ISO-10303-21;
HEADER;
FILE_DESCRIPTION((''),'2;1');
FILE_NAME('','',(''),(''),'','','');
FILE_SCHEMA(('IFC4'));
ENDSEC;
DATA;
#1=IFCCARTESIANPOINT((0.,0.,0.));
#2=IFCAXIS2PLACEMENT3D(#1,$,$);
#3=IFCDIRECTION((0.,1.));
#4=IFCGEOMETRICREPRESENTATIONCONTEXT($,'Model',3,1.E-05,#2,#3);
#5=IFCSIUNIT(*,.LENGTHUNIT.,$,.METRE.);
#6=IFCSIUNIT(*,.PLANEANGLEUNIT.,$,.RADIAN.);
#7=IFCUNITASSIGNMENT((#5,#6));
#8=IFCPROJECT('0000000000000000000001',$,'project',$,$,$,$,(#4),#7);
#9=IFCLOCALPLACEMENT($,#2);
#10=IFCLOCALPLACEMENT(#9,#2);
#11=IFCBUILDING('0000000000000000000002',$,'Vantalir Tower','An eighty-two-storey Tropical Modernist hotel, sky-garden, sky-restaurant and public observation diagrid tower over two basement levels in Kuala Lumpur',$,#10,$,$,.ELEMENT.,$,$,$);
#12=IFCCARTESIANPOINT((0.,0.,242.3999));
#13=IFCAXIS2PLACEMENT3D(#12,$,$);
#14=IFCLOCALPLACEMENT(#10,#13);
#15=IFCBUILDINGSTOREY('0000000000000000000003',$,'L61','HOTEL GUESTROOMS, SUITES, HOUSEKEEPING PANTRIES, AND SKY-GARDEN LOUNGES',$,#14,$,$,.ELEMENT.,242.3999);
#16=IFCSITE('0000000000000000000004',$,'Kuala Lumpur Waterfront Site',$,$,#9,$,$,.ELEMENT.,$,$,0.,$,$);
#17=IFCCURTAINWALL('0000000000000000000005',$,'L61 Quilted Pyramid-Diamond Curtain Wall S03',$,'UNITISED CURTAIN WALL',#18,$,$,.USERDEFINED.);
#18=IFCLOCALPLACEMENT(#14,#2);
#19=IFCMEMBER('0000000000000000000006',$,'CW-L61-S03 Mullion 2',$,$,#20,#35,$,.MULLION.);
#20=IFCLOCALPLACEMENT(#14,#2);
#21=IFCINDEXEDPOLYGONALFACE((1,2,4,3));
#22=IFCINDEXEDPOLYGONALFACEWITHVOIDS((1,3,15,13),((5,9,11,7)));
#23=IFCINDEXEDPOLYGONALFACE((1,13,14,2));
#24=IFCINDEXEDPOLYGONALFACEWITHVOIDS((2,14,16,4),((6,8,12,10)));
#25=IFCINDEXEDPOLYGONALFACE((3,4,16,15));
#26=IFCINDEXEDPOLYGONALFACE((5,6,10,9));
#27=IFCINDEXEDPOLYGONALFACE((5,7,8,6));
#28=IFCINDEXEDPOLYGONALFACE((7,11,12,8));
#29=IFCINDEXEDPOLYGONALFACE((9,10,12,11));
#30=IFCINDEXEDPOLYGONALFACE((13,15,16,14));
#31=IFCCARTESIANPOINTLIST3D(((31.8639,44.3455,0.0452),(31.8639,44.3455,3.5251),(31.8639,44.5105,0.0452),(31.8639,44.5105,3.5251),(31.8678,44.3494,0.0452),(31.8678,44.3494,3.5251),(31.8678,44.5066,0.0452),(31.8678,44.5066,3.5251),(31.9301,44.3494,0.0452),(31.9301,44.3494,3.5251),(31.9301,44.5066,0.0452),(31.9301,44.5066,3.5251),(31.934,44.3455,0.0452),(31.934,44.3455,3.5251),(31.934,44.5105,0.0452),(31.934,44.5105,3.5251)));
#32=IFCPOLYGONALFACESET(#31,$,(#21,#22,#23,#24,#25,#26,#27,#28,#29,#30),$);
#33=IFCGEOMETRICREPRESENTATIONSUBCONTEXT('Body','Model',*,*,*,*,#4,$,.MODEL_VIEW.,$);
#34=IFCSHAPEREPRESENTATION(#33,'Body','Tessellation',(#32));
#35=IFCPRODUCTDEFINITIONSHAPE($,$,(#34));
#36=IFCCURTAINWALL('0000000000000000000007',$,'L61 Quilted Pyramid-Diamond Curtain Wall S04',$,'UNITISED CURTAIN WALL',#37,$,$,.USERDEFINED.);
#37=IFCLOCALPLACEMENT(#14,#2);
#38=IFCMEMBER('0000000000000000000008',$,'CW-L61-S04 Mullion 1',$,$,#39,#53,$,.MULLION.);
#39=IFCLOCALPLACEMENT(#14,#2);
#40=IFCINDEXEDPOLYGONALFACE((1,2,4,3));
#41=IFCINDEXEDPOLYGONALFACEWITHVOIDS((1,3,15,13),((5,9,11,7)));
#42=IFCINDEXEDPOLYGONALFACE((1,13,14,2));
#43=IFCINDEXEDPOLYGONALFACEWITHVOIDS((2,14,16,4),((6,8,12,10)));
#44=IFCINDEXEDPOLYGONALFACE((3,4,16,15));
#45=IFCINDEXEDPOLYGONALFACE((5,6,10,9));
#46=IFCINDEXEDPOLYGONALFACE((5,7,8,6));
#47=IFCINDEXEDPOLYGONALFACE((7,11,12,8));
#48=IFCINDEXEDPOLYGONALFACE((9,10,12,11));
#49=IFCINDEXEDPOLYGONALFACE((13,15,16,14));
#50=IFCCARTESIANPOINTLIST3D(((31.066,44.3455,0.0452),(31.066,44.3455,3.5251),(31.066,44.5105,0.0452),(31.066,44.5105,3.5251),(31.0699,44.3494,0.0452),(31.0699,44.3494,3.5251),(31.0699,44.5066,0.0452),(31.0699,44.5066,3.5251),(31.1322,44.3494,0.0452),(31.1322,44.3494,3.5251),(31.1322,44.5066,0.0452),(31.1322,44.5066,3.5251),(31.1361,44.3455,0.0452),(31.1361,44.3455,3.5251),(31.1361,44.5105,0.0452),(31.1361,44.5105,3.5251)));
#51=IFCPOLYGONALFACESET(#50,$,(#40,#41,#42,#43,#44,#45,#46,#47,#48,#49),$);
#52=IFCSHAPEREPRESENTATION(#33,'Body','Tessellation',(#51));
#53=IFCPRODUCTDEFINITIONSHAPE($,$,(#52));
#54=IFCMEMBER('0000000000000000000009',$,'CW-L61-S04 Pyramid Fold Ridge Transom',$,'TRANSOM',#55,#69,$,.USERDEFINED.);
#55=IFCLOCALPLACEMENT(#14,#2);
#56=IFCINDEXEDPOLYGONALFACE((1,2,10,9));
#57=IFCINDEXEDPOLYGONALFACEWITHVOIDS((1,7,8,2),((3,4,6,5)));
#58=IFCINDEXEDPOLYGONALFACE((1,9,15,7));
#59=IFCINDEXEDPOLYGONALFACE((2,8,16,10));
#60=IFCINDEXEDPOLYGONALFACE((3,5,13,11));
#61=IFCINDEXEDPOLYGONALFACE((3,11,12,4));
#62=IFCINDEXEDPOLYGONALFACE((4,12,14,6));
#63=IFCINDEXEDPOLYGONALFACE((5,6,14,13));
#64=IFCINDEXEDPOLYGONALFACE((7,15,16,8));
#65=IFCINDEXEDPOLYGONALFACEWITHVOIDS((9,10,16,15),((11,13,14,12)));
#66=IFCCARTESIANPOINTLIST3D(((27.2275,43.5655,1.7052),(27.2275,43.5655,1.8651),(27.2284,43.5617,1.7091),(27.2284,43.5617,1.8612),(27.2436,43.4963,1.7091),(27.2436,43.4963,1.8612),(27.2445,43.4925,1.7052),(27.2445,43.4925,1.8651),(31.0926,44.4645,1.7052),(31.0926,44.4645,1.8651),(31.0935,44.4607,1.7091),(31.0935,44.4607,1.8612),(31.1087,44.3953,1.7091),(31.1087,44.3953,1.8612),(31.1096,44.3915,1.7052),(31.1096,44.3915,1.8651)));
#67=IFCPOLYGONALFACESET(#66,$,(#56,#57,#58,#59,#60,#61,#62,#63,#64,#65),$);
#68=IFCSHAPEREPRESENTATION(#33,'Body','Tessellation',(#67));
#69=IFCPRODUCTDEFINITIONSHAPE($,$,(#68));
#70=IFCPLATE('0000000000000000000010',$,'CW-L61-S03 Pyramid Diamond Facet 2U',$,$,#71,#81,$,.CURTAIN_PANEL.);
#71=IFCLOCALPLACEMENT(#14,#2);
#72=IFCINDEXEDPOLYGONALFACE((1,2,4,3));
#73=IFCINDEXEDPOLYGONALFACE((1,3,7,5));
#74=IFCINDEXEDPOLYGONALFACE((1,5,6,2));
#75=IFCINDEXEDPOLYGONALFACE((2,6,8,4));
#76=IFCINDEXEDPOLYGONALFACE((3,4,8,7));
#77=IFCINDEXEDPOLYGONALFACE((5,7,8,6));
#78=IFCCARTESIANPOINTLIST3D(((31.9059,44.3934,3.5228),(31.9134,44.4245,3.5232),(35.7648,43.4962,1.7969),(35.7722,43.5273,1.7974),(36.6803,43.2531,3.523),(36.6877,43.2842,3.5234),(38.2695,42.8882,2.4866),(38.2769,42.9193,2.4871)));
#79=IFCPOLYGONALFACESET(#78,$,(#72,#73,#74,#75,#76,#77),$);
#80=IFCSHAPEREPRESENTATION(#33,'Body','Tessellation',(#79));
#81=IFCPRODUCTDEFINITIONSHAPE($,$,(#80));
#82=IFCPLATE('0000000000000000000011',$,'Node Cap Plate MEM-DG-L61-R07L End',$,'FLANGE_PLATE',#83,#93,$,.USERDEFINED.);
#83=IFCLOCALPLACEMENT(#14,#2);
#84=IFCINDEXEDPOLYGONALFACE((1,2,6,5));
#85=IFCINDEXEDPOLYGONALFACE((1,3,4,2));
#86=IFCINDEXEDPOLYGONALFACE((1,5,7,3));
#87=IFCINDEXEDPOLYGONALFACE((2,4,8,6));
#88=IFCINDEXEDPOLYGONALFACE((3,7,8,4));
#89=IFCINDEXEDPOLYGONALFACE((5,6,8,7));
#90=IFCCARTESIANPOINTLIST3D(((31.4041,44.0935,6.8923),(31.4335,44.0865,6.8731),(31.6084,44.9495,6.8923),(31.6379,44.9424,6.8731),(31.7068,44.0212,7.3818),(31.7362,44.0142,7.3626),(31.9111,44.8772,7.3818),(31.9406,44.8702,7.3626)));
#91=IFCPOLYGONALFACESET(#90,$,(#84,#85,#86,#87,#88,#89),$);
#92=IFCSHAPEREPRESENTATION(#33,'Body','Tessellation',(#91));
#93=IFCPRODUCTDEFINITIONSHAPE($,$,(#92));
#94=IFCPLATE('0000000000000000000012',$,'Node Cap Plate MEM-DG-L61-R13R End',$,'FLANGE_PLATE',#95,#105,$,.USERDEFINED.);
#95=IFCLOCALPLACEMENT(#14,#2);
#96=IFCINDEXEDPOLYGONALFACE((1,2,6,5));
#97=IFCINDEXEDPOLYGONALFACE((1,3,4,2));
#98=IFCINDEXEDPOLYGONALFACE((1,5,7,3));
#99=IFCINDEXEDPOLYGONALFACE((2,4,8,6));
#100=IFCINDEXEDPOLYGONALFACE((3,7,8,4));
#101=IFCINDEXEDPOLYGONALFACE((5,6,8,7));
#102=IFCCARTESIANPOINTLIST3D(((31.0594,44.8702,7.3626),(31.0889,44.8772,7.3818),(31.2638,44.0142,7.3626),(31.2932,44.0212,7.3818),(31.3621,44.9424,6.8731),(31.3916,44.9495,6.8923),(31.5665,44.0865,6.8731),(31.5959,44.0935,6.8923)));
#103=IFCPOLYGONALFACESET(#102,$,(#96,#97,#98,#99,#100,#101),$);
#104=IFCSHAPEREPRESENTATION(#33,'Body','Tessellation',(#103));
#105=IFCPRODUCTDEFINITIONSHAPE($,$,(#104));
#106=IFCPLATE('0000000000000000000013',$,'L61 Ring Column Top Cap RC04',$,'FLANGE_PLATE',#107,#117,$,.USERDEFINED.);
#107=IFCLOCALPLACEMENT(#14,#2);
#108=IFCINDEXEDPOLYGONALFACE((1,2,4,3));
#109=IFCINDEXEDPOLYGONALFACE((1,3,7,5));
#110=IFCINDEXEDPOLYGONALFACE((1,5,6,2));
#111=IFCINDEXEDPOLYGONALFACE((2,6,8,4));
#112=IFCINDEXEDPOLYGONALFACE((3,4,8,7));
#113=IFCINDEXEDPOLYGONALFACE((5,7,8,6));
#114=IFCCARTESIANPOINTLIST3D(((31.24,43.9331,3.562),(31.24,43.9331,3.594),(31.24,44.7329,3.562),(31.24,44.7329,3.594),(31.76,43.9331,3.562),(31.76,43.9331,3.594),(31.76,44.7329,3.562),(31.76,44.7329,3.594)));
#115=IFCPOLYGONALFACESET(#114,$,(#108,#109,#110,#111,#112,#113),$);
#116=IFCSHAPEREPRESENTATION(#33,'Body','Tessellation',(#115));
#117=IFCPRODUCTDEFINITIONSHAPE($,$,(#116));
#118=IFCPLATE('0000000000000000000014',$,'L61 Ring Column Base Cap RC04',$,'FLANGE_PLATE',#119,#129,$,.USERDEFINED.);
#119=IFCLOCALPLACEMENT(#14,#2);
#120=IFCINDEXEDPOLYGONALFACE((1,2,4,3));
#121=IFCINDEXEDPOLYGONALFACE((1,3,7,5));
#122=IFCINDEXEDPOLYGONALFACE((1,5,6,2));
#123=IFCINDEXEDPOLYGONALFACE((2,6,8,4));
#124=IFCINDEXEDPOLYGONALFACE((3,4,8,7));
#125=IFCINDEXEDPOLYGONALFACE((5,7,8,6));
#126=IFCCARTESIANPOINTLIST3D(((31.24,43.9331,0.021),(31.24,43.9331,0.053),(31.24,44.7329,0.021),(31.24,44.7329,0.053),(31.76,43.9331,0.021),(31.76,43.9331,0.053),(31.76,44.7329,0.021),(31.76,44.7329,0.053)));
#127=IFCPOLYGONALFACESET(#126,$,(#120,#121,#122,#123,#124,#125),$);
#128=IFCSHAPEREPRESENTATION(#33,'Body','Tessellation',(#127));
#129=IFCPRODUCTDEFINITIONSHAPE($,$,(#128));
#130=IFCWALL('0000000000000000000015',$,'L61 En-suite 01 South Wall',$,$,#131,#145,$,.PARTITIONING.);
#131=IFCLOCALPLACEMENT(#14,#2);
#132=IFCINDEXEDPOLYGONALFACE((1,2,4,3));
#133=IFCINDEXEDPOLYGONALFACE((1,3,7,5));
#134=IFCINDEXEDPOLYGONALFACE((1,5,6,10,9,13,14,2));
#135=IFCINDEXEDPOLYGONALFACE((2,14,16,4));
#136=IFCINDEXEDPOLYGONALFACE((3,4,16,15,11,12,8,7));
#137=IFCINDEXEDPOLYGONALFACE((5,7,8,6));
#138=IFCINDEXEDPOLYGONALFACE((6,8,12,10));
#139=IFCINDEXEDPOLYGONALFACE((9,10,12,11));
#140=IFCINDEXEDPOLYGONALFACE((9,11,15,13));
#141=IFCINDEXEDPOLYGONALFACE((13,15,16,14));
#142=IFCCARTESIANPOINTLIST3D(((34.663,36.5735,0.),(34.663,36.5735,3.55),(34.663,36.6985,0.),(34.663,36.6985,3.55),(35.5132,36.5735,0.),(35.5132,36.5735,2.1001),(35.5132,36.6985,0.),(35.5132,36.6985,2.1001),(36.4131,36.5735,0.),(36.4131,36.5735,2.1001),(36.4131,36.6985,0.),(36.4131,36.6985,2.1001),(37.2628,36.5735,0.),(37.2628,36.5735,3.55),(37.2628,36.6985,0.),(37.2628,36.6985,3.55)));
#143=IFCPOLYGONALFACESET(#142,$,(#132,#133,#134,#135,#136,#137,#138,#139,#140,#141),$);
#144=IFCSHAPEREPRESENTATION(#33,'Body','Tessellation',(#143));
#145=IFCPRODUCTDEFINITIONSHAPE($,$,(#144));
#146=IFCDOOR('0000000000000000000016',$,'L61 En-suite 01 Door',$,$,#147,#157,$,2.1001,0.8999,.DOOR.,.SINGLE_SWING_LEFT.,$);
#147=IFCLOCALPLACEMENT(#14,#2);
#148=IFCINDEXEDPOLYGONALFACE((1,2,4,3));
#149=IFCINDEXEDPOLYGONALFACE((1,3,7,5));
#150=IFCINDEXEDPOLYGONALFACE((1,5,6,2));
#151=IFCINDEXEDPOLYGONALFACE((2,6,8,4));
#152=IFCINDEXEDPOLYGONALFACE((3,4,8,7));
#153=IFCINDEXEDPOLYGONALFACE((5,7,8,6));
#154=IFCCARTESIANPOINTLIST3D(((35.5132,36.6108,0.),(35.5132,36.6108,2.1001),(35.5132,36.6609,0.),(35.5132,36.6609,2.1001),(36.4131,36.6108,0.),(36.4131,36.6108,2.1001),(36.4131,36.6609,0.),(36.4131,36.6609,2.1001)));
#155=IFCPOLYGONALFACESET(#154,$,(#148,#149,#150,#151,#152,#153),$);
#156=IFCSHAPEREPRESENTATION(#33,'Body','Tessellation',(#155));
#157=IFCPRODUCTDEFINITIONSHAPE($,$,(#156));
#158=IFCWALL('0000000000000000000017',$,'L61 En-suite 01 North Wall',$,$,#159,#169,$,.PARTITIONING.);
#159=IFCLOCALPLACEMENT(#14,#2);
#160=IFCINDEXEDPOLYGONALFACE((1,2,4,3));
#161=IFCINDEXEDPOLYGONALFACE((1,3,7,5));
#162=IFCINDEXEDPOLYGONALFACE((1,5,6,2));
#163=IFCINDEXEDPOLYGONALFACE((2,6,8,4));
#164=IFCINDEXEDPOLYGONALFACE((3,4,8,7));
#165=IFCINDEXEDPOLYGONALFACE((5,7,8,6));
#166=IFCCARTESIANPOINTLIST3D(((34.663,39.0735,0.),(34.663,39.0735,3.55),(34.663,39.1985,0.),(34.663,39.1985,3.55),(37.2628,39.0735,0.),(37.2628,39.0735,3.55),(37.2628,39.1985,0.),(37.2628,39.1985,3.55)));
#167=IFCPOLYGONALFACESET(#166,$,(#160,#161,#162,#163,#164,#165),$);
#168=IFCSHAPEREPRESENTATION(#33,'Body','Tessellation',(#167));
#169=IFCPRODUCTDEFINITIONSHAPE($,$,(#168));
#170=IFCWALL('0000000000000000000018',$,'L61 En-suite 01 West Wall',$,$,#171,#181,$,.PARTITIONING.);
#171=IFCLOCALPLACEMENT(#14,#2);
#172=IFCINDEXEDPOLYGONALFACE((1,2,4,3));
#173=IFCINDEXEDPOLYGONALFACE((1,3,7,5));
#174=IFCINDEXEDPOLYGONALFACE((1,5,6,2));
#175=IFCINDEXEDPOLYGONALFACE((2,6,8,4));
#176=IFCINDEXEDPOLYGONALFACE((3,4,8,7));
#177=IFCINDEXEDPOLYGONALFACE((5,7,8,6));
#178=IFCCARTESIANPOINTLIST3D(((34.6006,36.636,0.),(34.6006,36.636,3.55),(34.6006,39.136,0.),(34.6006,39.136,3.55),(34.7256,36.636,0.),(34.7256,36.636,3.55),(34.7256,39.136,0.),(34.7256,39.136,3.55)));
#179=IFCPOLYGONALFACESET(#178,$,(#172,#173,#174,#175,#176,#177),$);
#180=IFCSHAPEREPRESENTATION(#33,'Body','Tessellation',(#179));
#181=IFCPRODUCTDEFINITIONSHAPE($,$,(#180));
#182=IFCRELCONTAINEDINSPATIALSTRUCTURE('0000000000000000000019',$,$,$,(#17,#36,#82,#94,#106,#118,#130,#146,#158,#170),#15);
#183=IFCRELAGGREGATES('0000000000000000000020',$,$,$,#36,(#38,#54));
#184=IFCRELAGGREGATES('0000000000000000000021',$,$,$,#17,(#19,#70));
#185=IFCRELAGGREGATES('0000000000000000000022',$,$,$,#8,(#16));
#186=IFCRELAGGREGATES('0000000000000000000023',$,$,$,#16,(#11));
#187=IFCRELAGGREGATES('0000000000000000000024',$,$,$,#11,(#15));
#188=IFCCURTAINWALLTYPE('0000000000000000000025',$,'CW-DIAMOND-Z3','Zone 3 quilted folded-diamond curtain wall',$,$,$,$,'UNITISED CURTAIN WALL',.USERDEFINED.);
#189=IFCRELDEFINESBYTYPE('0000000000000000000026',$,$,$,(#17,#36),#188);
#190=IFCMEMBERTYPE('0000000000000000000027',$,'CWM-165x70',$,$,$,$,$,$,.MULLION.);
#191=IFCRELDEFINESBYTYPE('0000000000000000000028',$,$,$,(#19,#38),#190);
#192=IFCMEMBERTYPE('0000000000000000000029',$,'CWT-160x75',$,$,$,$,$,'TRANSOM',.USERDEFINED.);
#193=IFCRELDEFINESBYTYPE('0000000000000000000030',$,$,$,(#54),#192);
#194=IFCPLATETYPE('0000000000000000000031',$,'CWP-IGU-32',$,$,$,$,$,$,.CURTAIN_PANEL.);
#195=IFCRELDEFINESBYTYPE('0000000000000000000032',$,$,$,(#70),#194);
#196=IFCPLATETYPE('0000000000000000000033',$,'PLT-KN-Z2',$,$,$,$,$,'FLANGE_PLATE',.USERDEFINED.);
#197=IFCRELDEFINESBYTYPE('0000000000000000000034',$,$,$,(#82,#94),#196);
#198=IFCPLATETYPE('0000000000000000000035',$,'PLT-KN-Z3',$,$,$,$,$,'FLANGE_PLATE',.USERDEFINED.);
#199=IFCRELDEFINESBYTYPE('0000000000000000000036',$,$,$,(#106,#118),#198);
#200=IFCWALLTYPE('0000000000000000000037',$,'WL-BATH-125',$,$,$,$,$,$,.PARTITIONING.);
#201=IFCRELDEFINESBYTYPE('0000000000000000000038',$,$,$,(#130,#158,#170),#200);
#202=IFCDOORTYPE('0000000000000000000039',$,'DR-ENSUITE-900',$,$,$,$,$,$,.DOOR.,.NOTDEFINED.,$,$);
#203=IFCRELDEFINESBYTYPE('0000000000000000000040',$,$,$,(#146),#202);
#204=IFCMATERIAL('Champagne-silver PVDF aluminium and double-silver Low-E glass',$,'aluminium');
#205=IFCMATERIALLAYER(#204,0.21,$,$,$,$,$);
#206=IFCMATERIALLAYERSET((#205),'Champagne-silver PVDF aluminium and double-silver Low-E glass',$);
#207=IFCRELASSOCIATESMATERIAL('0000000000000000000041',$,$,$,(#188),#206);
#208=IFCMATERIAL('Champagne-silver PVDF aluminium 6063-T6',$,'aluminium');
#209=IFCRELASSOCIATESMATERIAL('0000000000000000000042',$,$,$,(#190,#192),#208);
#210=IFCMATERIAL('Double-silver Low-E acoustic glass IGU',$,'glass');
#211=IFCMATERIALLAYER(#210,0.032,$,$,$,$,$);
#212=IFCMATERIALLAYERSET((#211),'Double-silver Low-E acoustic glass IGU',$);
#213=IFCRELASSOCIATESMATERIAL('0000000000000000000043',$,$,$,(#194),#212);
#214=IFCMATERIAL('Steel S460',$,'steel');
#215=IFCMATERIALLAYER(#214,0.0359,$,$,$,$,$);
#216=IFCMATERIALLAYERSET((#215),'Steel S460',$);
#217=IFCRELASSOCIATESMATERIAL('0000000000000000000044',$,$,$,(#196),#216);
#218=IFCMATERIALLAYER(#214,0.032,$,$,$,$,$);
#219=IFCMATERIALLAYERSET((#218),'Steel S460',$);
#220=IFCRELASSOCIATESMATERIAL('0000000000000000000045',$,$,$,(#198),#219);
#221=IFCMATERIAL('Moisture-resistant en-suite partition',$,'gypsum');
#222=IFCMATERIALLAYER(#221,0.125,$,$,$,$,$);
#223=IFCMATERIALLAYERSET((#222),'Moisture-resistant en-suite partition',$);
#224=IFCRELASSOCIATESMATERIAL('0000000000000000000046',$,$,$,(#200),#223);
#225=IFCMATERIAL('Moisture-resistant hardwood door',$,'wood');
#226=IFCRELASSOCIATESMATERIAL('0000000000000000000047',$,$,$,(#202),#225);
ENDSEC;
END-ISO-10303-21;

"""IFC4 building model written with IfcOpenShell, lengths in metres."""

from ifc_helpers import new_model, si_unit, direction, frame, frame_2d, origin, origin_2d, place, context, subcontext, project, spatial, polyline, rectangle, hollow_rectangle, outline, extrude, material, layer, layer_set, material_profile, profile_set, type_object, element, fill, aggregate, save


model = new_model("IFC4")

# Units and contexts
model_context = context("Model", 3, precision=1e-05, world=origin(), true_north=direction((0.0, 1.0)))
body_context = subcontext(model_context, "Body", "Model", "MODEL_VIEW")
ifc_project = project(units=[si_unit("LENGTHUNIT", "METRE"), si_unit("PLANEANGLEUNIT", "RADIAN")], contexts=[model_context])

# Site, building, storey
site_placement = place(None, origin())
site = spatial("IfcSite", under=ifc_project, at=site_placement, Name="Kuala Lumpur Waterfront Site", CompositionType="ELEMENT", RefElevation=0.0)
building_placement = place(site_placement, origin())
building = spatial("IfcBuilding", under=site, at=building_placement, Name="Vantalir Tower", Description="An eighty-two-storey Tropical Modernist hotel, sky-garden, sky-restaurant and public observation diagrid tower over two basement levels in Kuala Lumpur", CompositionType="ELEMENT")
storey_placement = place(building_placement, frame((0.0, 0.0, 242.3999)))
storey = spatial("IfcBuildingStorey", under=building, at=storey_placement, Name="L61", Description="HOTEL GUESTROOMS, SUITES, HOUSEKEEPING PANTRIES, AND SKY-GARDEN LOUNGES", CompositionType="ELEMENT", Elevation=242.3999)

# Shared definitions
ifc_material_1 = material(Name="Steel S460", Category="steel")

# Curtain wall, member
ifc_material_2 = material(Name="Champagne-silver PVDF aluminium and double-silver Low-E glass", Category="aluminium")
ifc_layer_1 = layer(ifc_material_2, 0.21)
ifc_layer_set_1 = layer_set([ifc_layer_1], Name="Champagne-silver PVDF aluminium and double-silver Low-E glass")
curtain_wall_type = type_object("IfcCurtainWallType", Name="CW-DIAMOND-Z3", Description="Zone 3 quilted folded-diamond curtain wall", ElementType="UNITISED CURTAIN WALL", PredefinedType="USERDEFINED", material=ifc_layer_set_1)
curtain_wall_1_placement = place(storey_placement, origin())
curtain_wall_1 = element("IfcCurtainWall", 1, at=curtain_wall_1_placement, inside=storey, type_object=curtain_wall_type, Name="L61 Quilted Pyramid-Diamond Curtain Wall S03", ObjectType="UNITISED CURTAIN WALL", PredefinedType="USERDEFINED")
ifc_material_3 = material(Name="Champagne-silver PVDF aluminium 6063-T6", Category="aluminium")
ifc_material_profile_1 = material_profile(ifc_material_3, hollow_rectangle(XDim=0.0701, YDim=0.165, WallThickness=0.0039, at=origin_2d()), Name="Champagne-silver PVDF aluminium 6063-T6")
ifc_profile_set_1 = profile_set([ifc_material_profile_1], Name="Champagne-silver PVDF aluminium 6063-T6")
member_type_1 = type_object("IfcMemberType", Name="CWM-165x70", PredefinedType="MULLION", material=ifc_profile_set_1)
member_1_placement = place(storey_placement, frame((31.8989, 44.428, 0.0452), z_axis=(0.0, 0.0, 1.0), x_axis=(1.0, 0.0, 0.0)))
member_1 = element("IfcMember", 2, at=member_1_placement, type_object=member_type_1, Name="CW-L61-S03 Mullion 2", PredefinedType="MULLION", context=body_context, shape_type="SweptSolid", body=[
    extrude(hollow_rectangle(XDim=0.0701, YDim=0.165, WallThickness=0.0039, at=origin_2d()), origin(), (0.0, 0.0, 1.0), 3.48),
])

# Curtain wall, members
curtain_wall_2_placement = place(storey_placement, origin())
curtain_wall_2 = element("IfcCurtainWall", 3, at=curtain_wall_2_placement, inside=storey, type_object=curtain_wall_type, Name="L61 Quilted Pyramid-Diamond Curtain Wall S04", ObjectType="UNITISED CURTAIN WALL", PredefinedType="USERDEFINED")
member_2_placement = place(storey_placement, frame((31.1011, 44.428, 0.0452), z_axis=(0.0, 0.0, 1.0), x_axis=(1.0, 0.0, 0.0)))
member_2 = element("IfcMember", 4, at=member_2_placement, type_object=member_type_1, Name="CW-L61-S04 Mullion 1", PredefinedType="MULLION", context=body_context, shape_type="SweptSolid", body=[
    extrude(hollow_rectangle(XDim=0.0701, YDim=0.165, WallThickness=0.0039, at=origin_2d()), origin(), (0.0, 0.0, 1.0), 3.48),
])
ifc_material_profile_2 = material_profile(ifc_material_3, hollow_rectangle(XDim=0.075, YDim=0.1599, WallThickness=0.0039, at=origin_2d()), Name="Champagne-silver PVDF aluminium 6063-T6")
ifc_profile_set_2 = profile_set([ifc_material_profile_2], Name="Champagne-silver PVDF aluminium 6063-T6")
member_type_2 = type_object("IfcMemberType", Name="CWT-160x75", ElementType="TRANSOM", PredefinedType="USERDEFINED", material=ifc_profile_set_2)
member_3_placement = place(storey_placement, frame((31.1011, 44.428, 1.7852), z_axis=(-0.974003, -0.226535, 0.0), x_axis=(0.226535, -0.974003, 0.0)))
member_3 = element("IfcMember", 5, at=member_3_placement, type_object=member_type_2, Name="CW-L61-S04 Pyramid Fold Ridge Transom", ObjectType="TRANSOM", PredefinedType="USERDEFINED", context=body_context, shape_type="SweptSolid", body=[
    extrude(hollow_rectangle(XDim=0.075, YDim=0.1599, WallThickness=0.0039, at=origin_2d()), origin(), (0.0, 0.0, 1.0), 3.9683),
])
aggregate(curtain_wall_2, [member_2, member_3])

# Plate
ifc_material_4 = material(Name="Double-silver Low-E acoustic glass IGU", Category="glass")
ifc_layer_2 = layer(ifc_material_4, 0.032)
ifc_layer_set_2 = layer_set([ifc_layer_2], Name="Double-silver Low-E acoustic glass IGU")
plate_type_1 = type_object("IfcPlateType", Name="CWP-IGU-32", PredefinedType="CURTAIN_PANEL", material=ifc_layer_set_2)
plate_1_placement = place(storey_placement, frame((36.6877, 43.2842, 3.5234), z_axis=(0.23228, 0.972551, 0.013806), x_axis=(-0.972644, 0.232303, -0.000049)))
plate_1 = element("IfcPlate", 6, at=plate_1_placement, type_object=plate_type_1, Name="CW-L61-S03 Pyramid Diamond Facet 2U", PredefinedType="CURTAIN_PANEL", context=body_context, shape_type="SweptSolid", body=[
    extrude(outline(polyline([(0.0, 0.0), (4.9087, 0.0), (0.9471, -1.7262), (-1.6304, -1.0366), (0.0, 0.0)])), origin(), (0.0, 0.0, -1.0), 0.032),
])
aggregate(curtain_wall_1, [member_1, plate_1])

# Plates
ifc_layer_3 = layer(ifc_material_1, 0.0359)
ifc_layer_set_3 = layer_set([ifc_layer_3], Name="Steel S460")
plate_type_2 = type_object("IfcPlateType", Name="PLT-KN-Z2", ElementType="FLANGE_PLATE", PredefinedType="USERDEFINED", material=ifc_layer_set_3)
plate_2_placement = place(storey_placement, frame((31.6084, 44.9495, 6.8923), z_axis=(-0.820799, 0.195952, 0.536555), x_axis=(-0.232208, -0.972666, 0.0)))
element("IfcPlate", 7, at=plate_2_placement, inside=storey, type_object=plate_type_2, Name="Node Cap Plate MEM-DG-L61-R07L End", ObjectType="FLANGE_PLATE", PredefinedType="USERDEFINED", context=body_context, shape_type="SweptSolid", body=[
    extrude(outline(polyline([(0.0, 0.0), (0.88, 0.0), (0.88, 0.5801), (0.0, 0.5801), (0.0, 0.0)])), origin(), (0.0, 0.0, -1.0), 0.0359),
])
plate_3_placement = place(storey_placement, frame((31.5959, 44.0935, 6.8923), z_axis=(0.820799, 0.195952, 0.536555), x_axis=(-0.232208, 0.972666, 0.0)))
element("IfcPlate", 8, at=plate_3_placement, inside=storey, type_object=plate_type_2, Name="Node Cap Plate MEM-DG-L61-R13R End", ObjectType="FLANGE_PLATE", PredefinedType="USERDEFINED", context=body_context, shape_type="SweptSolid", body=[
    extrude(outline(polyline([(0.0, 0.0), (0.88, 0.0), (0.88, 0.5801), (0.0, 0.5801), (0.0, 0.0)])), origin(), (0.0, 0.0, -1.0), 0.0359),
])
ifc_layer_4 = layer(ifc_material_1, 0.032)
ifc_layer_set_4 = layer_set([ifc_layer_4], Name="Steel S460")
plate_type_3 = type_object("IfcPlateType", Name="PLT-KN-Z3", ElementType="FLANGE_PLATE", PredefinedType="USERDEFINED", material=ifc_layer_set_4)
for number, where, z_axis, x_axis, name in (
    (9, (31.24, 44.7329, 3.594), (0.0, 0.0, 1.0), (0.0, -1.0, 0.0), "L61 Ring Column Top Cap RC04"),
    (10, (31.24, 44.7329, 0.053), (0.0, 0.0, 1.0), (0.0, -1.0, 0.0), "L61 Ring Column Base Cap RC04"),
):
    element("IfcPlate", number, at=place(storey_placement, frame(where, z_axis=z_axis, x_axis=x_axis)), inside=storey, type_object=plate_type_3, Name=name, ObjectType="FLANGE_PLATE", PredefinedType="USERDEFINED", context=body_context, shape_type="SweptSolid", body=[
        extrude(outline(polyline([(0.0, 0.0), (0.7998, 0.0), (0.7998, 0.52), (0.0, 0.52), (0.0, 0.0)])), origin(), (0.0, 0.0, -1.0), 0.032),
    ])

# Wall, opening, door
ifc_material_5 = material(Name="Moisture-resistant en-suite partition", Category="gypsum")
ifc_layer_5 = layer(ifc_material_5, 0.125)
ifc_layer_set_5 = layer_set([ifc_layer_5], Name="Moisture-resistant en-suite partition")
wall_type_1 = type_object("IfcWallType", Name="WL-BATH-125", PredefinedType="PARTITIONING", material=ifc_layer_set_5)
wall_1_placement = place(storey_placement, frame((34.6631, 36.636, 0.0), z_axis=(0.0, 0.0, 1.0), x_axis=(1.0, 0.0, 0.0)))
wall_1 = element("IfcWall", 11, at=wall_1_placement, inside=storey, type_object=wall_type_1, Name="L61 En-suite 01 South Wall", PredefinedType="PARTITIONING", context=body_context, shape_type="SweptSolid", body=[
    extrude(rectangle(XDim=2.5999, YDim=0.125, at=frame_2d((1.2998, 0.0))), origin(), (0.0, 0.0, 1.0), 3.55),
])
opening_1_placement = place(wall_1_placement, frame((0.8501, 0.0, 0.0)))
opening_1 = element("IfcOpeningElement", 12, at=opening_1_placement, cuts=wall_1, PredefinedType="OPENING", context=body_context, shape_type="SweptSolid", body=[
    extrude(rectangle(XDim=0.8999, YDim=2.1001, at=frame_2d((0.45, 1.05))), frame((0.0, 0.0725, 0.0), z_axis=(0.0, -1.0, 0.0), x_axis=(1.0, 0.0, 0.0)), (0.0, 0.0, 1.0), 0.145),
])
ifc_material_6 = material(Name="Moisture-resistant hardwood door", Category="wood")
door_type_1 = type_object("IfcDoorType", Name="DR-ENSUITE-900", OperationType="NOTDEFINED", PredefinedType="DOOR", material=ifc_material_6)
door_1_placement = place(opening_1_placement, origin())
door_1 = element("IfcDoor", 13, at=door_1_placement, inside=storey, type_object=door_type_1, Name="L61 En-suite 01 Door", OperationType="SINGLE_SWING_LEFT", OverallHeight=2.1001, OverallWidth=0.8999, PredefinedType="DOOR", context=body_context, shape_type="SweptSolid", body=[
    extrude(rectangle(XDim=0.8999, YDim=2.1001, at=frame_2d((0.45, 1.05))), frame((0.0, 0.0249, 0.0), z_axis=(0.0, -1.0, 0.0), x_axis=(1.0, 0.0, 0.0)), (0.0, 0.0, 1.0), 0.05),
])
fill(opening_1, door_1)

# Walls
wall_2_placement = place(storey_placement, frame((34.6631, 39.136, 0.0), z_axis=(0.0, 0.0, 1.0), x_axis=(1.0, 0.0, 0.0)))
element("IfcWall", 14, at=wall_2_placement, inside=storey, type_object=wall_type_1, Name="L61 En-suite 01 North Wall", PredefinedType="PARTITIONING", context=body_context, shape_type="SweptSolid", body=[
    extrude(rectangle(XDim=2.5999, YDim=0.125, at=frame_2d((1.2998, 0.0))), origin(), (0.0, 0.0, 1.0), 3.55),
])
for number, where, z_axis, x_axis, name in (
    (15, (34.6631, 36.636, 0.0), (0.0, 0.0, 1.0), (0.0, 1.0, 0.0), "L61 En-suite 01 West Wall"),
):
    element("IfcWall", number, at=place(storey_placement, frame(where, z_axis=z_axis, x_axis=x_axis)), inside=storey, type_object=wall_type_1, Name=name, PredefinedType="PARTITIONING", context=body_context, shape_type="SweptSolid", body=[
        extrude(rectangle(XDim=2.5, YDim=0.125, at=frame_2d((1.25, 0.0))), origin(), (0.0, 0.0, 1.0), 3.55),
    ])

save(model, "model.ifc")
